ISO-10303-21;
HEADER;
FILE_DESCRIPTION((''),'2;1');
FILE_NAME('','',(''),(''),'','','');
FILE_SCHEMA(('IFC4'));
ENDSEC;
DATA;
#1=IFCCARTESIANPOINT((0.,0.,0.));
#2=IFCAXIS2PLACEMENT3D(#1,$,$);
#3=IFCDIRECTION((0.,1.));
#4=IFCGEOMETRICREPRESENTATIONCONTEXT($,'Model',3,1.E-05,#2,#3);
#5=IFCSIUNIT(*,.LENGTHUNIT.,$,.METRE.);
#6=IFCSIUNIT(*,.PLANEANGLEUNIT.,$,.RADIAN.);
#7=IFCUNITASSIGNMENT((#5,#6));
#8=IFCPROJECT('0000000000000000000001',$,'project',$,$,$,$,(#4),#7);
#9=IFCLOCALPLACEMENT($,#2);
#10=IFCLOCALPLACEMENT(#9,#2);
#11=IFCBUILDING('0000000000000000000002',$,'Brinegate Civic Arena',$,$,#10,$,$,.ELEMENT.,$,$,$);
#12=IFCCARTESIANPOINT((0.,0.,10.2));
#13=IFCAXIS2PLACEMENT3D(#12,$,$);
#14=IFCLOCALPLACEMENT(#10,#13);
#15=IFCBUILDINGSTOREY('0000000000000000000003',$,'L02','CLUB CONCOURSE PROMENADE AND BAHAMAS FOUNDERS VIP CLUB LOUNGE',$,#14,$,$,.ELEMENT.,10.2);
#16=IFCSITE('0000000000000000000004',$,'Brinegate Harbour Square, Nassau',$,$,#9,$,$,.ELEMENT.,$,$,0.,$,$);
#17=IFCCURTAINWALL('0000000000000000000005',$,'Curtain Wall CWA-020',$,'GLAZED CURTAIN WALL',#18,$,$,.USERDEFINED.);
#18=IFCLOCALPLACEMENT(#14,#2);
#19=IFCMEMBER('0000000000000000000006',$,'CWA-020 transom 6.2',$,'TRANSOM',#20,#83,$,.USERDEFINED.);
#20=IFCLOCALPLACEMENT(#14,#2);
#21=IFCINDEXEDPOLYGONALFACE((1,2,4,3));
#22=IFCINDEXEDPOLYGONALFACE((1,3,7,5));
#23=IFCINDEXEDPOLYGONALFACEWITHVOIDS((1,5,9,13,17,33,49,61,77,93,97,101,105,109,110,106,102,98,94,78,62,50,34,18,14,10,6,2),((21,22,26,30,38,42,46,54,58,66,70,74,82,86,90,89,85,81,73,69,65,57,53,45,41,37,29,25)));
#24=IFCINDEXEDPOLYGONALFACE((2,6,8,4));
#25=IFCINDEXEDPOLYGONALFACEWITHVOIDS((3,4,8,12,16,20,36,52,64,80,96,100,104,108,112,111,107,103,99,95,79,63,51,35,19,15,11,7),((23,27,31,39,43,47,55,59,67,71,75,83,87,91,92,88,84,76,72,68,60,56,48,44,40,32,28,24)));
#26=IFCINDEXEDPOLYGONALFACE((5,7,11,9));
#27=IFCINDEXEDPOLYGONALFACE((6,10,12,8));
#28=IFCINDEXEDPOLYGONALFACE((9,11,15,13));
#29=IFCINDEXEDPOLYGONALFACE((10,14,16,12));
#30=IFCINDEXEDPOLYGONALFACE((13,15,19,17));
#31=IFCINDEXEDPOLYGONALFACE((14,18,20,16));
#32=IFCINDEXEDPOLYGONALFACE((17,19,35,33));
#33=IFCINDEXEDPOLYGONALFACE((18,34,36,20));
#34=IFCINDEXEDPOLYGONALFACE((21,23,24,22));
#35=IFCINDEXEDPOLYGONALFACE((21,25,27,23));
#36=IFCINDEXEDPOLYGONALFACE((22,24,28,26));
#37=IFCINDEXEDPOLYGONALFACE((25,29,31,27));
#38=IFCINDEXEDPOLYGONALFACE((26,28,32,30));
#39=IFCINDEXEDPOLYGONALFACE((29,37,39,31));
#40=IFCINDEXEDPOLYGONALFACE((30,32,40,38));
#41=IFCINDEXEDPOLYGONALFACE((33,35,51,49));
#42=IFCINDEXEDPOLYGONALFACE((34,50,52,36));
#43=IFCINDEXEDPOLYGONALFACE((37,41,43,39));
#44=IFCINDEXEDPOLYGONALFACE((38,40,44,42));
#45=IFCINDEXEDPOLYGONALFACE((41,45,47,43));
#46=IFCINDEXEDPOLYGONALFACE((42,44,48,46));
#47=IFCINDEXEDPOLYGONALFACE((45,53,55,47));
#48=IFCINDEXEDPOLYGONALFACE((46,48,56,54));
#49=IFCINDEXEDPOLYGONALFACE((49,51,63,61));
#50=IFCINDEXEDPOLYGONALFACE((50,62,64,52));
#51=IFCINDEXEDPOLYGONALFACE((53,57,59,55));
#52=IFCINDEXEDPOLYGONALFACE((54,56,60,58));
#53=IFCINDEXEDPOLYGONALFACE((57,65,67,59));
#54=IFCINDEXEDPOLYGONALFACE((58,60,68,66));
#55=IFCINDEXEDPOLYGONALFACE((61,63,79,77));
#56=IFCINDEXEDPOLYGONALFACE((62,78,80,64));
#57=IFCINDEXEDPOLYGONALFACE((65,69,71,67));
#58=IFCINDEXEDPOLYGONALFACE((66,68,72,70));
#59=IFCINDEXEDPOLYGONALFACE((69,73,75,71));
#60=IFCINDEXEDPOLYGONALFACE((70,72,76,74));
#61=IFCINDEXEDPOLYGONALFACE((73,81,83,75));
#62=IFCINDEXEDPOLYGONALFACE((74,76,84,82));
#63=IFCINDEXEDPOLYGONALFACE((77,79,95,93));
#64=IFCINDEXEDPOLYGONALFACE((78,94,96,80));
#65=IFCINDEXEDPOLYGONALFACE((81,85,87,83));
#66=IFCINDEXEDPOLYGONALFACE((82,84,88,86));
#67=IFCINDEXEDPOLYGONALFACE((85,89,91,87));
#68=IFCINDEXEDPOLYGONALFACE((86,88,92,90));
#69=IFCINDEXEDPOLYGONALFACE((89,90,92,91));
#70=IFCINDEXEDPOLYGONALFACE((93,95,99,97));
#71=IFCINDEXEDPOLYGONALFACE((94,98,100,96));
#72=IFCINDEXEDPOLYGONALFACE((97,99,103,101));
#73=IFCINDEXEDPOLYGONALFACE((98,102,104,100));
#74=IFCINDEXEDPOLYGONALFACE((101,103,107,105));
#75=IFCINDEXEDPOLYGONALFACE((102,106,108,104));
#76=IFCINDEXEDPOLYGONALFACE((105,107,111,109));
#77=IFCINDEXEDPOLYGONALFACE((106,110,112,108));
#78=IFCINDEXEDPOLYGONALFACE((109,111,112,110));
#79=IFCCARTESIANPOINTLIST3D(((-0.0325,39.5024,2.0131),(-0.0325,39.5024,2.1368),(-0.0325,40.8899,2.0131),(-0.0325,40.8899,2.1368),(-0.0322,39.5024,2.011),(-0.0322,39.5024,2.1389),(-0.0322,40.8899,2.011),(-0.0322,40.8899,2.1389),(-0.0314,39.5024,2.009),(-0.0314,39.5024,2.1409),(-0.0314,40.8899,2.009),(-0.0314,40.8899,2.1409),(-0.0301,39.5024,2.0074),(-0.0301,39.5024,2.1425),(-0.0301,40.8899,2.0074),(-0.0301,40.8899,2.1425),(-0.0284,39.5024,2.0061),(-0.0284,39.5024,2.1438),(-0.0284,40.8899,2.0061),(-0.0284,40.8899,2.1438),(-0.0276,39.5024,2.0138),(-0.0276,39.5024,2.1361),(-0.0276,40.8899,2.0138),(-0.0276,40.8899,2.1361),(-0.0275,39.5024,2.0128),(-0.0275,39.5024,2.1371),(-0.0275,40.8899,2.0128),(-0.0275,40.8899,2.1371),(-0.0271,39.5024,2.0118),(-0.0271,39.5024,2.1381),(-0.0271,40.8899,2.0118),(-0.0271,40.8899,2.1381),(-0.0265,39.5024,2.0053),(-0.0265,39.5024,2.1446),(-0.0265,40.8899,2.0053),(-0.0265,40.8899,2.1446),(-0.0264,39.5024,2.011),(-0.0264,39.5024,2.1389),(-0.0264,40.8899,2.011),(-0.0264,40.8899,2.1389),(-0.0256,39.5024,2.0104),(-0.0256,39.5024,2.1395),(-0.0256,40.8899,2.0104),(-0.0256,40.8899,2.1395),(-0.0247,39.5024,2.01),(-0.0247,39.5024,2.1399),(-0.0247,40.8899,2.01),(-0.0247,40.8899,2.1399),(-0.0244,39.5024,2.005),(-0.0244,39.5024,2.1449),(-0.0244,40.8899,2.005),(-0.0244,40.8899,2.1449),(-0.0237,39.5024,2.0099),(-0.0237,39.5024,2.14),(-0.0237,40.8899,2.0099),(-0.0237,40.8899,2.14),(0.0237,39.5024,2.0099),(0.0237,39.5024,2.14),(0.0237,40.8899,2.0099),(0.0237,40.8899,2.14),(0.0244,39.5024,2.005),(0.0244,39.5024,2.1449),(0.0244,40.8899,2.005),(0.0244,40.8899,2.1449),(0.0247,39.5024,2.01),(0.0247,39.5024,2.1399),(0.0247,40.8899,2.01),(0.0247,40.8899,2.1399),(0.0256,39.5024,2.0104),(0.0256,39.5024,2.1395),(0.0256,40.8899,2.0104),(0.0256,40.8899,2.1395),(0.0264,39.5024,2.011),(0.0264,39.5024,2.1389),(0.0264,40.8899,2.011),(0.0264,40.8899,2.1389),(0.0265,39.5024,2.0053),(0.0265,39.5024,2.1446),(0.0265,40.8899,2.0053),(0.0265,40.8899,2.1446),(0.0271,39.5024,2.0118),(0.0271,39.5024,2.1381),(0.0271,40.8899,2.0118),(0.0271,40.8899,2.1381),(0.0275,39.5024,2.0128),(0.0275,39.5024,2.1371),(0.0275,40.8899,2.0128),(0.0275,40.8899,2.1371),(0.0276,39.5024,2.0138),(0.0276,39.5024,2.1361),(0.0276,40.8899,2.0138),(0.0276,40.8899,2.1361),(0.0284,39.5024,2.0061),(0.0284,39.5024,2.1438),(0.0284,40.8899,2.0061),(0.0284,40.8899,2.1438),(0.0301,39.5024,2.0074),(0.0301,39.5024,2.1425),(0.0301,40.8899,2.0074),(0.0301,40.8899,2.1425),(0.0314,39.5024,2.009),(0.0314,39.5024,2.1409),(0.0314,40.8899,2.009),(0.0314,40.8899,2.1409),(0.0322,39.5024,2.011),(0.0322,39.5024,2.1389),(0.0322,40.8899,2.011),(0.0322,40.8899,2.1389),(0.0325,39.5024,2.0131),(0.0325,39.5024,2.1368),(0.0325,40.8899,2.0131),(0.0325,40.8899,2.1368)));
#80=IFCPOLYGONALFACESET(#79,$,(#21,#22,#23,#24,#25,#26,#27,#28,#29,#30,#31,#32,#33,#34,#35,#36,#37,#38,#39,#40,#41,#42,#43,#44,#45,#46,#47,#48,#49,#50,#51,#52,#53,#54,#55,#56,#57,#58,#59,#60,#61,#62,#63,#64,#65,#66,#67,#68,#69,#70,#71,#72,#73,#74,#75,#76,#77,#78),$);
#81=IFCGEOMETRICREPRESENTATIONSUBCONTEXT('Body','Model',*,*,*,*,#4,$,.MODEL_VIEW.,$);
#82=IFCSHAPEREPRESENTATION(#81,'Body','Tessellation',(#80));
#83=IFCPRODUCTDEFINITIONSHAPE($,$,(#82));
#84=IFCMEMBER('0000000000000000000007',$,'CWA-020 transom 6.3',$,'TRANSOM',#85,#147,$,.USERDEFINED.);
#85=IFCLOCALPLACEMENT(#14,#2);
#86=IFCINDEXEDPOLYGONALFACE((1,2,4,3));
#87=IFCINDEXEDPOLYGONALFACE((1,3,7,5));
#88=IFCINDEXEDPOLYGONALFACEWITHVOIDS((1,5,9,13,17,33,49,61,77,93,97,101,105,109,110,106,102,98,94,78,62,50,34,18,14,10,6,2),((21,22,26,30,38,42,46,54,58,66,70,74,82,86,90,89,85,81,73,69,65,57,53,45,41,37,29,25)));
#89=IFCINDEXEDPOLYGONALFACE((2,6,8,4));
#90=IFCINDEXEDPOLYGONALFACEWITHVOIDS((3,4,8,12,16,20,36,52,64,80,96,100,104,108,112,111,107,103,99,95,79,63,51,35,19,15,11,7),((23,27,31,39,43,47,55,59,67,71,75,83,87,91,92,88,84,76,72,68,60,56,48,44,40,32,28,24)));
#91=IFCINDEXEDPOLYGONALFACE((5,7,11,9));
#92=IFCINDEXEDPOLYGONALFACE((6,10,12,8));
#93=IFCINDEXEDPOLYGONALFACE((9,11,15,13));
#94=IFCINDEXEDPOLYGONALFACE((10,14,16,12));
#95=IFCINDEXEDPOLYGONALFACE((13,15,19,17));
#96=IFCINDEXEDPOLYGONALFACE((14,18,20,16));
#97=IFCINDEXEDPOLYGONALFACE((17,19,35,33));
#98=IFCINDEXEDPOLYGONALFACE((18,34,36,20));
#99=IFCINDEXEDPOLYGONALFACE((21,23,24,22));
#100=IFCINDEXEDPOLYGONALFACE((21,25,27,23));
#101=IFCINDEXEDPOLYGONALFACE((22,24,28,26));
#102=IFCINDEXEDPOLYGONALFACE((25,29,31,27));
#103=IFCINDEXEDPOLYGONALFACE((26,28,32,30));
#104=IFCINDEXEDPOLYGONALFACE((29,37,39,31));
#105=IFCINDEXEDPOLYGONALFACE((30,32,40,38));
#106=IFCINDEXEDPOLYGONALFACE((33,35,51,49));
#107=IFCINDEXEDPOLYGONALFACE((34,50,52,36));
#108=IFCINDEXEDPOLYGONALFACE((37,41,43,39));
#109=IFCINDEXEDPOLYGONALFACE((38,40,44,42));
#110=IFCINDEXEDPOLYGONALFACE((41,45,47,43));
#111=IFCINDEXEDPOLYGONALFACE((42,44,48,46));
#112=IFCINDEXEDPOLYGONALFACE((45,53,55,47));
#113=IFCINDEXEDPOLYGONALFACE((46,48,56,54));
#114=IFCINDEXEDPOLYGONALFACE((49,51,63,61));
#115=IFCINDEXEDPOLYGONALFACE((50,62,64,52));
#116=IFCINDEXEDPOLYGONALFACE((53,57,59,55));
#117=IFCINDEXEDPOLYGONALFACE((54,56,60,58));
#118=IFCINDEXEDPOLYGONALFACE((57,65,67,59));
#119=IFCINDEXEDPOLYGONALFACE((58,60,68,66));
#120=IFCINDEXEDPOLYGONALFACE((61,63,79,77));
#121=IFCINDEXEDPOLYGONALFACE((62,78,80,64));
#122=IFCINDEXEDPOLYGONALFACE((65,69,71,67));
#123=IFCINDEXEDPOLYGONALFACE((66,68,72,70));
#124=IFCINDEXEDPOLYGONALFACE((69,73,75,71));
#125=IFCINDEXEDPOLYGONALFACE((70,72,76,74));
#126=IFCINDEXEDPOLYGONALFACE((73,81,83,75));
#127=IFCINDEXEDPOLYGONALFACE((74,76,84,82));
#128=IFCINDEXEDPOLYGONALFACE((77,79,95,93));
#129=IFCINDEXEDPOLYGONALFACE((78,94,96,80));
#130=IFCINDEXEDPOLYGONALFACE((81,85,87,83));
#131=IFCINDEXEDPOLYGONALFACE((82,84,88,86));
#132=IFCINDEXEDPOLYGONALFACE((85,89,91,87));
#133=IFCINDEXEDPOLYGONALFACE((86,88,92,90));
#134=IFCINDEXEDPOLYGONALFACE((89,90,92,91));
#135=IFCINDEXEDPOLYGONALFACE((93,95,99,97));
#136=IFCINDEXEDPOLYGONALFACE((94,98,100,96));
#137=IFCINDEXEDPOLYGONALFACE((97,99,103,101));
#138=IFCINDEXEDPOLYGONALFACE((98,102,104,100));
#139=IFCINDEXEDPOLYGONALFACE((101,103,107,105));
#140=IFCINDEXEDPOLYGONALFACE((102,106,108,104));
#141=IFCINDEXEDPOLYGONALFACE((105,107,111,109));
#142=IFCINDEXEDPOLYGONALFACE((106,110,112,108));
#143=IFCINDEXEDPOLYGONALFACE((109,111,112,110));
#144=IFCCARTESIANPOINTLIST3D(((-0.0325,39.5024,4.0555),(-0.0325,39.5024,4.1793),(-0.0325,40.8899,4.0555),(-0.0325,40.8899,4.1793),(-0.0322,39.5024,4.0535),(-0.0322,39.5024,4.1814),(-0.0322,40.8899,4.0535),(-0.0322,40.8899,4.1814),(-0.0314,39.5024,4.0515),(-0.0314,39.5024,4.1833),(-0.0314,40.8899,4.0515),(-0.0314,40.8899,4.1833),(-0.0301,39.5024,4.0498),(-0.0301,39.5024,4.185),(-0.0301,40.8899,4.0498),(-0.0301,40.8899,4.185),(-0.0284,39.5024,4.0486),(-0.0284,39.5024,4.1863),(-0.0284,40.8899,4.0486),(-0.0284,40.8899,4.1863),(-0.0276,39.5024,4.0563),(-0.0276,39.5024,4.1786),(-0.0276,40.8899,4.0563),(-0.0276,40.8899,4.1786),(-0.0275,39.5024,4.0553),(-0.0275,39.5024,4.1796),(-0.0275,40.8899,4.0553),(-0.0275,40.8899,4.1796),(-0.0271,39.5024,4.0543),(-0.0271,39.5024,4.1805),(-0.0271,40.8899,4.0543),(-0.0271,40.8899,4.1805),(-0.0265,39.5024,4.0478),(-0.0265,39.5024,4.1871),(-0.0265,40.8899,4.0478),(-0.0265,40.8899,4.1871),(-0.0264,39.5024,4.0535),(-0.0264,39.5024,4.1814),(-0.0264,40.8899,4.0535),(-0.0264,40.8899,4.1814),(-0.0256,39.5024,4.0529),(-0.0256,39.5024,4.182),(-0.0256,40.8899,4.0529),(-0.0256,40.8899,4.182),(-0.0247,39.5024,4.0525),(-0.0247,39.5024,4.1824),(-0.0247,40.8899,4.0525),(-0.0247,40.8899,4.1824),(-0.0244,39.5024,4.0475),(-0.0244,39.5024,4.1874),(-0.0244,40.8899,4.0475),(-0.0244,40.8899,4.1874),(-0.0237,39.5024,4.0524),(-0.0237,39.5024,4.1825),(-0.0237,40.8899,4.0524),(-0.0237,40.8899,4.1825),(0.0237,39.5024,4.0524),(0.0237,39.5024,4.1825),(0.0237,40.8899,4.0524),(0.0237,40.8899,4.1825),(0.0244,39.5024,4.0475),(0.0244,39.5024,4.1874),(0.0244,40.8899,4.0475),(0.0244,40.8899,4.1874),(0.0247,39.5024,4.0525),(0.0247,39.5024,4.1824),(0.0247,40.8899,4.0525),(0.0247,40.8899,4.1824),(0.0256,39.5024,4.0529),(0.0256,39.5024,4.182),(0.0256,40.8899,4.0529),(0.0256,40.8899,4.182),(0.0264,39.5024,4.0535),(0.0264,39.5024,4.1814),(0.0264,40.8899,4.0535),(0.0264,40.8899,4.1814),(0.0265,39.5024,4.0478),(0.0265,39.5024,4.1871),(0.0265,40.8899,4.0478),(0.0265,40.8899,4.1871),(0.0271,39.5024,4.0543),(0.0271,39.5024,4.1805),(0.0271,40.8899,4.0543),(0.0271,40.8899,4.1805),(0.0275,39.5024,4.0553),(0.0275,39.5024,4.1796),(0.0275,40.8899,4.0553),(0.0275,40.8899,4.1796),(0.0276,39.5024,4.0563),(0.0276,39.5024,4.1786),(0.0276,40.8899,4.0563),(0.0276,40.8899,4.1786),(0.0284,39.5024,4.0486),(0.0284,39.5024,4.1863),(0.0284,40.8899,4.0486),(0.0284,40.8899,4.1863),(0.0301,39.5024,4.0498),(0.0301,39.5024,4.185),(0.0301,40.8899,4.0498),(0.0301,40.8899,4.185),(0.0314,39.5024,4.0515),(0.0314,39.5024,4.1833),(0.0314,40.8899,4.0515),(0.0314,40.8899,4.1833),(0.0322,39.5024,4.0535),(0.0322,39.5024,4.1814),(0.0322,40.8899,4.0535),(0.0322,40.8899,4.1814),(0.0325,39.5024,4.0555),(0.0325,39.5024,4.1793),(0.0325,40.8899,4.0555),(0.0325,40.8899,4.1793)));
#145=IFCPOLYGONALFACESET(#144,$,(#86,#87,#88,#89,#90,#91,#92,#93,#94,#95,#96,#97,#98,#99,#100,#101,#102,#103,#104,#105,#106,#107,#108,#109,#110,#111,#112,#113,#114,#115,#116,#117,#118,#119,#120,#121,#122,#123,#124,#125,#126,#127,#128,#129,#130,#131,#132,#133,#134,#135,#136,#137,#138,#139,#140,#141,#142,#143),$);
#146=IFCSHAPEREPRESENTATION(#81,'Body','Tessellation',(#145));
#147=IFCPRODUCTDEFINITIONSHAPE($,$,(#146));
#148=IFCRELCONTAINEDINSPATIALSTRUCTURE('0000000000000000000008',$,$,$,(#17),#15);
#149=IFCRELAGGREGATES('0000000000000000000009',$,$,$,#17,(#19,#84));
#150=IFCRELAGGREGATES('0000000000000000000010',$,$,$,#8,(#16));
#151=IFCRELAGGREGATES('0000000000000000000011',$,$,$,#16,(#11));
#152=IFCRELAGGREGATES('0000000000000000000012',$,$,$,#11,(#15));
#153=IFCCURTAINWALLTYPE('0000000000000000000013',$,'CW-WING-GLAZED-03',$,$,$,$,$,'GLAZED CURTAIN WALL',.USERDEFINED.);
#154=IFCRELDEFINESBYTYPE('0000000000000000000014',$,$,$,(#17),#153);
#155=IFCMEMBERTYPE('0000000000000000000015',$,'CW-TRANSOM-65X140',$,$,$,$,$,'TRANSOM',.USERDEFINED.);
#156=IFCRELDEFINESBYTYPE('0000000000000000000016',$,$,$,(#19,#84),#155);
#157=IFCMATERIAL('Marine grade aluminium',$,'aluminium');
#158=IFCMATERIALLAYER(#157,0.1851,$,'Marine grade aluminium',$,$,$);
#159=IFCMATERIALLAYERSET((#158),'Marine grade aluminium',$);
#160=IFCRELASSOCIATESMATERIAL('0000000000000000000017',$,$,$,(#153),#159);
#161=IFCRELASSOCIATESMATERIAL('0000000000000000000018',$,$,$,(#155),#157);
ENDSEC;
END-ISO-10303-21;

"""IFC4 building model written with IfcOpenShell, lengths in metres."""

from ifc_helpers import new_model, si_unit, direction, frame, origin, origin_2d, place, context, subcontext, project, spatial, hollow_rectangle, extrude, material, layer, layer_set, material_profile, profile_set, type_object, element, aggregate, save


model = new_model("IFC4")

# Units and contexts
model_context = context("Model", 3, precision=1e-05, world=origin(), true_north=direction((0.0, 1.0)))
body_context = subcontext(model_context, "Body", "Model", "MODEL_VIEW")
ifc_project = project(units=[si_unit("LENGTHUNIT", "METRE"), si_unit("PLANEANGLEUNIT", "RADIAN")], contexts=[model_context])

# Site, building, storey
site_placement = place(None, origin())
site = spatial("IfcSite", under=ifc_project, at=site_placement, Name="Brinegate Harbour Square, Nassau", CompositionType="ELEMENT", RefElevation=0.0)
building_placement = place(site_placement, origin())
building = spatial("IfcBuilding", under=site, at=building_placement, Name="Brinegate Civic Arena", CompositionType="ELEMENT")
storey_placement = place(building_placement, frame((0.0, 0.0, 10.2)))
storey = spatial("IfcBuildingStorey", under=building, at=storey_placement, Name="L02", Description="CLUB CONCOURSE PROMENADE AND BAHAMAS FOUNDERS VIP CLUB LOUNGE", CompositionType="ELEMENT", Elevation=10.2)

# Curtain wall
ifc_material_1 = material(Name="Marine grade aluminium", Category="aluminium")
ifc_layer_1 = layer(ifc_material_1, 0.1851, Name="Marine grade aluminium")
ifc_layer_set_1 = layer_set([ifc_layer_1], Name="Marine grade aluminium")
curtain_wall_type = type_object("IfcCurtainWallType", Name="CW-WING-GLAZED-03", ElementType="GLAZED CURTAIN WALL", PredefinedType="USERDEFINED", material=ifc_layer_set_1)
curtain_wall_1_placement = place(storey_placement, origin())
curtain_wall_1 = element("IfcCurtainWall", 1, at=curtain_wall_1_placement, inside=storey, type_object=curtain_wall_type, Name="Curtain Wall CWA-020", ObjectType="GLAZED CURTAIN WALL", PredefinedType="USERDEFINED")

# Members
ifc_material_profile_1 = material_profile(ifc_material_1, hollow_rectangle(XDim=0.0649, YDim=0.1399, WallThickness=0.0049, InnerFilletRadius=0.0039, OuterFilletRadius=0.0081, at=origin_2d()), Name="TRN65X140")
ifc_profile_set_1 = profile_set([ifc_material_profile_1], Name="Marine grade aluminium")
member_type_1 = type_object("IfcMemberType", Name="CW-TRANSOM-65X140", ElementType="TRANSOM", PredefinedType="USERDEFINED", material=ifc_profile_set_1)
member_1_placement = place(storey_placement, frame((0.0, 39.5024, 2.075), z_axis=(0.0, 1.0, 0.0), x_axis=(-1.0, 0.0, 0.0)))
member_1 = element("IfcMember", 2, at=member_1_placement, type_object=member_type_1, Name="CWA-020 transom 6.2", ObjectType="TRANSOM", PredefinedType="USERDEFINED", context=body_context, shape_type="SweptSolid", body=[
    extrude(hollow_rectangle(XDim=0.0649, YDim=0.1399, WallThickness=0.0049, InnerFilletRadius=0.0039, OuterFilletRadius=0.0081, at=origin_2d()), origin(), (0.0, 0.0, 1.0), 1.3875),
])
member_2_placement = place(storey_placement, frame((0.0, 39.5024, 4.1174), z_axis=(0.0, 1.0, 0.0), x_axis=(-1.0, 0.0, 0.0)))
member_2 = element("IfcMember", 3, at=member_2_placement, type_object=member_type_1, Name="CWA-020 transom 6.3", ObjectType="TRANSOM", PredefinedType="USERDEFINED", context=body_context, shape_type="SweptSolid", body=[
    extrude(hollow_rectangle(XDim=0.0649, YDim=0.1399, WallThickness=0.0049, InnerFilletRadius=0.0039, OuterFilletRadius=0.0081, at=origin_2d()), origin(), (0.0, 0.0, 1.0), 1.3875),
])

aggregate(curtain_wall_1, [member_1, member_2])

save(model, "model.ifc")
